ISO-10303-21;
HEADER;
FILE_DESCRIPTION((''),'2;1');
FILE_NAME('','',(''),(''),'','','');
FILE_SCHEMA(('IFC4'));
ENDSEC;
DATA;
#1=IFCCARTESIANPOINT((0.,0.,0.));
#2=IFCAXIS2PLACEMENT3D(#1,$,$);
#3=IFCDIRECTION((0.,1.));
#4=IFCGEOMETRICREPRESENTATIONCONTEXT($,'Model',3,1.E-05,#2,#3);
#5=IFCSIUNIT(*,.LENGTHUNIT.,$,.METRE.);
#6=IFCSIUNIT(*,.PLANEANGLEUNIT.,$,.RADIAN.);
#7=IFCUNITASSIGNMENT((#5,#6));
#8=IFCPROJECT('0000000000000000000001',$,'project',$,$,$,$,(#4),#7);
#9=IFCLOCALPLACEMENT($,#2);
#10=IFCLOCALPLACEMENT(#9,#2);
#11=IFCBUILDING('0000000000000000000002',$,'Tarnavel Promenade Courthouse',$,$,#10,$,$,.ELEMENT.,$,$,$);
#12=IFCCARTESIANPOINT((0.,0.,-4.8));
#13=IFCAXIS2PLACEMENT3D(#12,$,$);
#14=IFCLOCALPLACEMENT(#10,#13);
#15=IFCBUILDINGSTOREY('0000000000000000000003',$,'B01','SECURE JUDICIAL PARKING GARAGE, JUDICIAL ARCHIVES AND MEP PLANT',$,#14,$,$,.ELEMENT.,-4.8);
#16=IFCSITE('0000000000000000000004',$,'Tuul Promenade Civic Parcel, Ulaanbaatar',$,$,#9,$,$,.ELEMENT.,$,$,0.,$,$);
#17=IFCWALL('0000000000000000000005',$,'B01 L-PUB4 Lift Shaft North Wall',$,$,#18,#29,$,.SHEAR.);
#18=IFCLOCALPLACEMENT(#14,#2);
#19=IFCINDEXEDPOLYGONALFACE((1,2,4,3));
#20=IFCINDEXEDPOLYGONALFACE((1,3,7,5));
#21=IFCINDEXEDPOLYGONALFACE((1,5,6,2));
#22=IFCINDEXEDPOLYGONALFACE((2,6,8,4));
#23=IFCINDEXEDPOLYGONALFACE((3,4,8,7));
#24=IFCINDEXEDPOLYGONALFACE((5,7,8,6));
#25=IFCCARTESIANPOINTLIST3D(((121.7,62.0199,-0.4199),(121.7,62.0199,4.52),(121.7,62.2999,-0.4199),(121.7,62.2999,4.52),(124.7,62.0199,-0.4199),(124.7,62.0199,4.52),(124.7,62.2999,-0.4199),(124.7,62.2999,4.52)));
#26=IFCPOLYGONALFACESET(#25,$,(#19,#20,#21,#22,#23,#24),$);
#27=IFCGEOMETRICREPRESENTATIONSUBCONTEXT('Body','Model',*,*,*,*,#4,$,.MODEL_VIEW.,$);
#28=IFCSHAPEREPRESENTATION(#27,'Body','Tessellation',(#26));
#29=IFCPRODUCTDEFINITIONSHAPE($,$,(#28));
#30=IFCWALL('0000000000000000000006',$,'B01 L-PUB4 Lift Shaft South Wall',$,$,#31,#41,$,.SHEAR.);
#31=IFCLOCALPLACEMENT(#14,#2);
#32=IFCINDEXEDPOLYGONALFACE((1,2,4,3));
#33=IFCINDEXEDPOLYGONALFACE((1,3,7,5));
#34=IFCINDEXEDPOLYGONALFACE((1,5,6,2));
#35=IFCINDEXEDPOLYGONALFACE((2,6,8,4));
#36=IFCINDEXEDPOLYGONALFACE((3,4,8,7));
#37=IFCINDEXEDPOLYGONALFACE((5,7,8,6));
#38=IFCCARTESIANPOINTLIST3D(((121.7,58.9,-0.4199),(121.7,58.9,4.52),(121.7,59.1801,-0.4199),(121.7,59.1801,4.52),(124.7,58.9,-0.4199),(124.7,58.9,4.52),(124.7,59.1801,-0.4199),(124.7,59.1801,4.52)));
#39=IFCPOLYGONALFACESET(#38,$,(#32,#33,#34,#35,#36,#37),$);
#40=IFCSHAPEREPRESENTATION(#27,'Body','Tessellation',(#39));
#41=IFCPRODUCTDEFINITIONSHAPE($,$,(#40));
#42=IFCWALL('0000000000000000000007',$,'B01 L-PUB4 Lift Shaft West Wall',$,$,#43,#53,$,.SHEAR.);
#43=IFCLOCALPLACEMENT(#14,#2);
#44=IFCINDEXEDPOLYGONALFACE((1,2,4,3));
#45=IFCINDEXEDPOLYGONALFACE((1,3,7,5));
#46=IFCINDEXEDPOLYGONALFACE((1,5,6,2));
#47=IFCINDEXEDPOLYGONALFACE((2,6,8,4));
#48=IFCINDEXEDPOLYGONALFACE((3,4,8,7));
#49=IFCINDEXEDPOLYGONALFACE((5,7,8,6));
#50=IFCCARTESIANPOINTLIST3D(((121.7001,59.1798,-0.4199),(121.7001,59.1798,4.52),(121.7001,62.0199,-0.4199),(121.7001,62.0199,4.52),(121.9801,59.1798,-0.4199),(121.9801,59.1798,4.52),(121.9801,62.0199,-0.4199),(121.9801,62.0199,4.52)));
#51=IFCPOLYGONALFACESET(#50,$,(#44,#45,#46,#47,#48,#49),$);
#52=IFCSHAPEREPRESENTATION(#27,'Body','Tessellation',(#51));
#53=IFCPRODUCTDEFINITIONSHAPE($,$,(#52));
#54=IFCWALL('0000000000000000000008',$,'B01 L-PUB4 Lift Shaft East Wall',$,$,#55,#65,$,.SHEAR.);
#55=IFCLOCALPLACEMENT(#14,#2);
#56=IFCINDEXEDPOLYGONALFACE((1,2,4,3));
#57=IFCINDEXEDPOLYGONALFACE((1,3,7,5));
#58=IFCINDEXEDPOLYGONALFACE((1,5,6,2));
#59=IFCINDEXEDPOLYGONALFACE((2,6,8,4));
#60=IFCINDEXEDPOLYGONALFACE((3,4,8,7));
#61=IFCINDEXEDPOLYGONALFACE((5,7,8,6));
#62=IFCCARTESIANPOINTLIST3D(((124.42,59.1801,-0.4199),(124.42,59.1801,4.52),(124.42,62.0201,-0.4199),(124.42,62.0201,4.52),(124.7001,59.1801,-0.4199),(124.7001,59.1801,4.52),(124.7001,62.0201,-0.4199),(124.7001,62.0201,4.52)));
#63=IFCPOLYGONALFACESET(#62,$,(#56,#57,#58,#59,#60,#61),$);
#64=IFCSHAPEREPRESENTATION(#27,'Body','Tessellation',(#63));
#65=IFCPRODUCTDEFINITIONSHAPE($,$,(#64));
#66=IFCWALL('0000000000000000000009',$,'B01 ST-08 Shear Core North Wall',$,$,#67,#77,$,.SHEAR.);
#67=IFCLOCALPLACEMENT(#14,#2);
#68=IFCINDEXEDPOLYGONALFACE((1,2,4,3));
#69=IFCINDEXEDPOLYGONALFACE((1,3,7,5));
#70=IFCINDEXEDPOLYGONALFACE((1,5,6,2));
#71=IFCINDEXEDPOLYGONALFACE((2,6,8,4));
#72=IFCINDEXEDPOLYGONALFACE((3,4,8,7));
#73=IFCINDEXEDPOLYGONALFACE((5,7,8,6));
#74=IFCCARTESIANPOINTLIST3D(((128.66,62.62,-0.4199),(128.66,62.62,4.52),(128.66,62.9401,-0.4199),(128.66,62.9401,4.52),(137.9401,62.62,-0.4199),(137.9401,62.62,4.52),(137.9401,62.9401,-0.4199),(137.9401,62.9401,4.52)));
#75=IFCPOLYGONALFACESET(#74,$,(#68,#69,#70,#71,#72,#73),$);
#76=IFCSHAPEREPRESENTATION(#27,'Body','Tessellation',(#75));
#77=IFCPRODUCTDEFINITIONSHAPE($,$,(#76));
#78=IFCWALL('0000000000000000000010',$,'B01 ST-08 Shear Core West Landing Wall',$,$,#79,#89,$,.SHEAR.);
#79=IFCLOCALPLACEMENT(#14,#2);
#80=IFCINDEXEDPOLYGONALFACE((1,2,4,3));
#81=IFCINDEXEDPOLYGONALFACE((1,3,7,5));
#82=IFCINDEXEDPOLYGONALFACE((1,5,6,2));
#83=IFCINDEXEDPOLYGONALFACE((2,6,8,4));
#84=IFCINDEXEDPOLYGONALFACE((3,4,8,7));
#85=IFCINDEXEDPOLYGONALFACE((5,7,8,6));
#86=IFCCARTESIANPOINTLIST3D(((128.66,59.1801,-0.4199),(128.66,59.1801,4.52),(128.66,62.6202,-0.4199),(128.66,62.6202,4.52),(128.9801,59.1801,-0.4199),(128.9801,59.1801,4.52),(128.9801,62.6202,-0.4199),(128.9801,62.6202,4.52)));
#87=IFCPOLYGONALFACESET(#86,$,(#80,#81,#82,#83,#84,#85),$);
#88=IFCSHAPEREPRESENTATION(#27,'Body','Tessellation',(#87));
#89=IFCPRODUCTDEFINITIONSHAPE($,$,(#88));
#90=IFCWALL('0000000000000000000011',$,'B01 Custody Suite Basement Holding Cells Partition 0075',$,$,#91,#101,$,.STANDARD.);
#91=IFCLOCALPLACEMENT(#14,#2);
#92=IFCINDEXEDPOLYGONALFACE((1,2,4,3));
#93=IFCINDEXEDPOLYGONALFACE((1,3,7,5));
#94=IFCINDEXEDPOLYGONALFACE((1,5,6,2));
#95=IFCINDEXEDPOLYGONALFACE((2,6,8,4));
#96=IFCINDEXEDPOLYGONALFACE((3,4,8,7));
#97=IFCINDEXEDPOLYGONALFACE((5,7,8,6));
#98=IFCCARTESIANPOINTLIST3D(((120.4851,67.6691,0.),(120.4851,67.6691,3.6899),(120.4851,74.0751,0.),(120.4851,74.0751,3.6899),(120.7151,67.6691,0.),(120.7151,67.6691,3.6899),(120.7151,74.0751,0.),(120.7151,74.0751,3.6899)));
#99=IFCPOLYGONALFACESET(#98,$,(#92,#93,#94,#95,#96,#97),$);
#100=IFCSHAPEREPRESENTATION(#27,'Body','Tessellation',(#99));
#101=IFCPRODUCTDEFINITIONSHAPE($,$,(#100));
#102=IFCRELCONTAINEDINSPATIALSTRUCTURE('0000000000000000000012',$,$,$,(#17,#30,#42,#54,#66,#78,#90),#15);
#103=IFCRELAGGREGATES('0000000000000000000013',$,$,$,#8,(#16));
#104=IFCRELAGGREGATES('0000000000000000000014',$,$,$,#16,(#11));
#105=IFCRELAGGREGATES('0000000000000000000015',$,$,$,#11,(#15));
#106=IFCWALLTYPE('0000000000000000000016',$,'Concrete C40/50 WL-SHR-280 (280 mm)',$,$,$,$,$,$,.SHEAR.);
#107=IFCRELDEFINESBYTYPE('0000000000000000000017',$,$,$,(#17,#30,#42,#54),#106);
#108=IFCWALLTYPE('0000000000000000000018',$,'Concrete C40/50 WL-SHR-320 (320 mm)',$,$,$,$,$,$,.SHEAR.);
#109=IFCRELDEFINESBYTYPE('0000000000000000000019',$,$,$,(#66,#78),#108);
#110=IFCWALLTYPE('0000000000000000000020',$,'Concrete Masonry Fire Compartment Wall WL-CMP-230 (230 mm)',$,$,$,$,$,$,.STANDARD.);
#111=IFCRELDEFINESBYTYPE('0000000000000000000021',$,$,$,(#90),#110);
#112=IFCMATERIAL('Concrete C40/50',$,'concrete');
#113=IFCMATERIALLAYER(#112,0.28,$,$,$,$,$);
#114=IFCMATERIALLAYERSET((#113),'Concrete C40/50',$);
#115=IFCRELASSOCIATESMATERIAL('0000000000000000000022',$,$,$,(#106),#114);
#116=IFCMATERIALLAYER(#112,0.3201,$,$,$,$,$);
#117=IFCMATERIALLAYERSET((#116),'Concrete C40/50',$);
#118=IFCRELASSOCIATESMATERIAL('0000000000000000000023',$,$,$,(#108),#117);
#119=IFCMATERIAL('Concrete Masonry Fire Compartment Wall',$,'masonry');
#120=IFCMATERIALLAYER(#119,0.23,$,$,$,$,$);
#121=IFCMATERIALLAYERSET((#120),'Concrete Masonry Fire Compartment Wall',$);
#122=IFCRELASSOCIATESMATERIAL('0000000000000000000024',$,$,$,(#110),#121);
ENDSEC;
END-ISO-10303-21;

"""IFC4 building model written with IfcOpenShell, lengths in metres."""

from ifc_helpers import new_model, si_unit, direction, frame, frame_2d, origin, place, context, subcontext, project, spatial, rectangle, extrude, material, layer, layer_set, type_object, element, save


model = new_model("IFC4")

# Units and contexts
model_context = context("Model", 3, precision=1e-05, world=origin(), true_north=direction((0.0, 1.0)))
body_context = subcontext(model_context, "Body", "Model", "MODEL_VIEW")
ifc_project = project(units=[si_unit("LENGTHUNIT", "METRE"), si_unit("PLANEANGLEUNIT", "RADIAN")], contexts=[model_context])

# Site, building, storey
site_placement = place(None, origin())
site = spatial("IfcSite", under=ifc_project, at=site_placement, Name="Tuul Promenade Civic Parcel, Ulaanbaatar", CompositionType="ELEMENT", RefElevation=0.0)
building_placement = place(site_placement, origin())
building = spatial("IfcBuilding", under=site, at=building_placement, Name="Tarnavel Promenade Courthouse", CompositionType="ELEMENT")
storey_placement = place(building_placement, frame((0.0, 0.0, -4.8)))
storey = spatial("IfcBuildingStorey", under=building, at=storey_placement, Name="B01", Description="SECURE JUDICIAL PARKING GARAGE, JUDICIAL ARCHIVES AND MEP PLANT", CompositionType="ELEMENT", Elevation=-4.8)

# Shared definitions
ifc_material_1 = material(Name="Concrete C40/50", Category="concrete")

# Walls
ifc_layer_1 = layer(ifc_material_1, 0.28)
ifc_layer_set_1 = layer_set([ifc_layer_1], Name="Concrete C40/50")
wall_type_1 = type_object("IfcWallType", Name="Concrete C40/50 WL-SHR-280 (280 mm)", PredefinedType="SHEAR", material=ifc_layer_set_1)
for number, where, z_axis, x_axis, name in (
    (1, (121.7, 62.1599, -0.4199), (0.0, 0.0, 1.0), (1.0, 0.0, 0.0), "B01 L-PUB4 Lift Shaft North Wall"),
    (2, (124.7, 59.04, -0.4199), (0.0, 0.0, 1.0), (-1.0, 0.0, 0.0), "B01 L-PUB4 Lift Shaft South Wall"),
):
    element("IfcWall", number, at=place(storey_placement, frame(where, z_axis=z_axis, x_axis=x_axis)), inside=storey, type_object=wall_type_1, Name=name, PredefinedType="SHEAR", context=body_context, shape_type="SweptSolid", body=[
        extrude(rectangle(XDim=3.0, YDim=0.28, at=frame_2d((1.5, 0.0))), origin(), (0.0, 0.0, 1.0), 4.9399),
    ])
for number, where, z_axis, x_axis, name in (
    (3, (121.8401, 59.1799, -0.4199), (0.0, 0.0, 1.0), (0.0, 1.0, 0.0), "B01 L-PUB4 Lift Shaft West Wall"),
    (4, (124.5601, 62.02, -0.4199), (0.0, 0.0, 1.0), (0.0, -1.0, 0.0), "B01 L-PUB4 Lift Shaft East Wall"),
):
    element("IfcWall", number, at=place(storey_placement, frame(where, z_axis=z_axis, x_axis=x_axis)), inside=storey, type_object=wall_type_1, Name=name, PredefinedType="SHEAR", context=body_context, shape_type="SweptSolid", body=[
        extrude(rectangle(XDim=2.8401, YDim=0.28, at=frame_2d((1.4199, 0.0))), origin(), (0.0, 0.0, 1.0), 4.9399),
    ])
ifc_layer_2 = layer(ifc_material_1, 0.3201)
ifc_layer_set_2 = layer_set([ifc_layer_2], Name="Concrete C40/50")
wall_type_2 = type_object("IfcWallType", Name="Concrete C40/50 WL-SHR-320 (320 mm)", PredefinedType="SHEAR", material=ifc_layer_set_2)
wall_1_placement = place(storey_placement, frame((128.6599, 62.78, -0.4199), z_axis=(0.0, 0.0, 1.0), x_axis=(1.0, 0.0, 0.0)))
element("IfcWall", 5, at=wall_1_placement, inside=storey, type_object=wall_type_2, Name="B01 ST-08 Shear Core North Wall", PredefinedType="SHEAR", context=body_context, shape_type="SweptSolid", body=[
    extrude(rectangle(XDim=9.28, YDim=0.3201, at=frame_2d((4.6401, 0.0))), origin(), (0.0, 0.0, 1.0), 4.9399),
])
wall_2_placement = place(storey_placement, frame((128.8201, 59.1799, -0.4199), z_axis=(0.0, 0.0, 1.0), x_axis=(0.0, 1.0, 0.0)))
element("IfcWall", 6, at=wall_2_placement, inside=storey, type_object=wall_type_2, Name="B01 ST-08 Shear Core West Landing Wall", PredefinedType="SHEAR", context=body_context, shape_type="SweptSolid", body=[
    extrude(rectangle(XDim=3.4402, YDim=0.3201, at=frame_2d((1.7202, 0.0))), origin(), (0.0, 0.0, 1.0), 4.9399),
])
ifc_material_2 = material(Name="Concrete Masonry Fire Compartment Wall", Category="masonry")
ifc_layer_3 = layer(ifc_material_2, 0.23)
ifc_layer_set_3 = layer_set([ifc_layer_3], Name="Concrete Masonry Fire Compartment Wall")
wall_type_3 = type_object("IfcWallType", Name="Concrete Masonry Fire Compartment Wall WL-CMP-230 (230 mm)", PredefinedType="STANDARD", material=ifc_layer_set_3)
wall_3_placement = place(storey_placement, frame((120.6001, 67.6689, 0.0), z_axis=(0.0, 0.0, 1.0), x_axis=(0.0, 1.0, 0.0)))
element("IfcWall", 7, at=wall_3_placement, inside=storey, type_object=wall_type_3, Name="B01 Custody Suite Basement Holding Cells Partition 0075", PredefinedType="STANDARD", context=body_context, shape_type="SweptSolid", body=[
    extrude(rectangle(XDim=6.406, YDim=0.23, at=frame_2d((3.2031, 0.0))), origin(), (0.0, 0.0, 1.0), 3.6899),
])

save(model, "model.ifc")
